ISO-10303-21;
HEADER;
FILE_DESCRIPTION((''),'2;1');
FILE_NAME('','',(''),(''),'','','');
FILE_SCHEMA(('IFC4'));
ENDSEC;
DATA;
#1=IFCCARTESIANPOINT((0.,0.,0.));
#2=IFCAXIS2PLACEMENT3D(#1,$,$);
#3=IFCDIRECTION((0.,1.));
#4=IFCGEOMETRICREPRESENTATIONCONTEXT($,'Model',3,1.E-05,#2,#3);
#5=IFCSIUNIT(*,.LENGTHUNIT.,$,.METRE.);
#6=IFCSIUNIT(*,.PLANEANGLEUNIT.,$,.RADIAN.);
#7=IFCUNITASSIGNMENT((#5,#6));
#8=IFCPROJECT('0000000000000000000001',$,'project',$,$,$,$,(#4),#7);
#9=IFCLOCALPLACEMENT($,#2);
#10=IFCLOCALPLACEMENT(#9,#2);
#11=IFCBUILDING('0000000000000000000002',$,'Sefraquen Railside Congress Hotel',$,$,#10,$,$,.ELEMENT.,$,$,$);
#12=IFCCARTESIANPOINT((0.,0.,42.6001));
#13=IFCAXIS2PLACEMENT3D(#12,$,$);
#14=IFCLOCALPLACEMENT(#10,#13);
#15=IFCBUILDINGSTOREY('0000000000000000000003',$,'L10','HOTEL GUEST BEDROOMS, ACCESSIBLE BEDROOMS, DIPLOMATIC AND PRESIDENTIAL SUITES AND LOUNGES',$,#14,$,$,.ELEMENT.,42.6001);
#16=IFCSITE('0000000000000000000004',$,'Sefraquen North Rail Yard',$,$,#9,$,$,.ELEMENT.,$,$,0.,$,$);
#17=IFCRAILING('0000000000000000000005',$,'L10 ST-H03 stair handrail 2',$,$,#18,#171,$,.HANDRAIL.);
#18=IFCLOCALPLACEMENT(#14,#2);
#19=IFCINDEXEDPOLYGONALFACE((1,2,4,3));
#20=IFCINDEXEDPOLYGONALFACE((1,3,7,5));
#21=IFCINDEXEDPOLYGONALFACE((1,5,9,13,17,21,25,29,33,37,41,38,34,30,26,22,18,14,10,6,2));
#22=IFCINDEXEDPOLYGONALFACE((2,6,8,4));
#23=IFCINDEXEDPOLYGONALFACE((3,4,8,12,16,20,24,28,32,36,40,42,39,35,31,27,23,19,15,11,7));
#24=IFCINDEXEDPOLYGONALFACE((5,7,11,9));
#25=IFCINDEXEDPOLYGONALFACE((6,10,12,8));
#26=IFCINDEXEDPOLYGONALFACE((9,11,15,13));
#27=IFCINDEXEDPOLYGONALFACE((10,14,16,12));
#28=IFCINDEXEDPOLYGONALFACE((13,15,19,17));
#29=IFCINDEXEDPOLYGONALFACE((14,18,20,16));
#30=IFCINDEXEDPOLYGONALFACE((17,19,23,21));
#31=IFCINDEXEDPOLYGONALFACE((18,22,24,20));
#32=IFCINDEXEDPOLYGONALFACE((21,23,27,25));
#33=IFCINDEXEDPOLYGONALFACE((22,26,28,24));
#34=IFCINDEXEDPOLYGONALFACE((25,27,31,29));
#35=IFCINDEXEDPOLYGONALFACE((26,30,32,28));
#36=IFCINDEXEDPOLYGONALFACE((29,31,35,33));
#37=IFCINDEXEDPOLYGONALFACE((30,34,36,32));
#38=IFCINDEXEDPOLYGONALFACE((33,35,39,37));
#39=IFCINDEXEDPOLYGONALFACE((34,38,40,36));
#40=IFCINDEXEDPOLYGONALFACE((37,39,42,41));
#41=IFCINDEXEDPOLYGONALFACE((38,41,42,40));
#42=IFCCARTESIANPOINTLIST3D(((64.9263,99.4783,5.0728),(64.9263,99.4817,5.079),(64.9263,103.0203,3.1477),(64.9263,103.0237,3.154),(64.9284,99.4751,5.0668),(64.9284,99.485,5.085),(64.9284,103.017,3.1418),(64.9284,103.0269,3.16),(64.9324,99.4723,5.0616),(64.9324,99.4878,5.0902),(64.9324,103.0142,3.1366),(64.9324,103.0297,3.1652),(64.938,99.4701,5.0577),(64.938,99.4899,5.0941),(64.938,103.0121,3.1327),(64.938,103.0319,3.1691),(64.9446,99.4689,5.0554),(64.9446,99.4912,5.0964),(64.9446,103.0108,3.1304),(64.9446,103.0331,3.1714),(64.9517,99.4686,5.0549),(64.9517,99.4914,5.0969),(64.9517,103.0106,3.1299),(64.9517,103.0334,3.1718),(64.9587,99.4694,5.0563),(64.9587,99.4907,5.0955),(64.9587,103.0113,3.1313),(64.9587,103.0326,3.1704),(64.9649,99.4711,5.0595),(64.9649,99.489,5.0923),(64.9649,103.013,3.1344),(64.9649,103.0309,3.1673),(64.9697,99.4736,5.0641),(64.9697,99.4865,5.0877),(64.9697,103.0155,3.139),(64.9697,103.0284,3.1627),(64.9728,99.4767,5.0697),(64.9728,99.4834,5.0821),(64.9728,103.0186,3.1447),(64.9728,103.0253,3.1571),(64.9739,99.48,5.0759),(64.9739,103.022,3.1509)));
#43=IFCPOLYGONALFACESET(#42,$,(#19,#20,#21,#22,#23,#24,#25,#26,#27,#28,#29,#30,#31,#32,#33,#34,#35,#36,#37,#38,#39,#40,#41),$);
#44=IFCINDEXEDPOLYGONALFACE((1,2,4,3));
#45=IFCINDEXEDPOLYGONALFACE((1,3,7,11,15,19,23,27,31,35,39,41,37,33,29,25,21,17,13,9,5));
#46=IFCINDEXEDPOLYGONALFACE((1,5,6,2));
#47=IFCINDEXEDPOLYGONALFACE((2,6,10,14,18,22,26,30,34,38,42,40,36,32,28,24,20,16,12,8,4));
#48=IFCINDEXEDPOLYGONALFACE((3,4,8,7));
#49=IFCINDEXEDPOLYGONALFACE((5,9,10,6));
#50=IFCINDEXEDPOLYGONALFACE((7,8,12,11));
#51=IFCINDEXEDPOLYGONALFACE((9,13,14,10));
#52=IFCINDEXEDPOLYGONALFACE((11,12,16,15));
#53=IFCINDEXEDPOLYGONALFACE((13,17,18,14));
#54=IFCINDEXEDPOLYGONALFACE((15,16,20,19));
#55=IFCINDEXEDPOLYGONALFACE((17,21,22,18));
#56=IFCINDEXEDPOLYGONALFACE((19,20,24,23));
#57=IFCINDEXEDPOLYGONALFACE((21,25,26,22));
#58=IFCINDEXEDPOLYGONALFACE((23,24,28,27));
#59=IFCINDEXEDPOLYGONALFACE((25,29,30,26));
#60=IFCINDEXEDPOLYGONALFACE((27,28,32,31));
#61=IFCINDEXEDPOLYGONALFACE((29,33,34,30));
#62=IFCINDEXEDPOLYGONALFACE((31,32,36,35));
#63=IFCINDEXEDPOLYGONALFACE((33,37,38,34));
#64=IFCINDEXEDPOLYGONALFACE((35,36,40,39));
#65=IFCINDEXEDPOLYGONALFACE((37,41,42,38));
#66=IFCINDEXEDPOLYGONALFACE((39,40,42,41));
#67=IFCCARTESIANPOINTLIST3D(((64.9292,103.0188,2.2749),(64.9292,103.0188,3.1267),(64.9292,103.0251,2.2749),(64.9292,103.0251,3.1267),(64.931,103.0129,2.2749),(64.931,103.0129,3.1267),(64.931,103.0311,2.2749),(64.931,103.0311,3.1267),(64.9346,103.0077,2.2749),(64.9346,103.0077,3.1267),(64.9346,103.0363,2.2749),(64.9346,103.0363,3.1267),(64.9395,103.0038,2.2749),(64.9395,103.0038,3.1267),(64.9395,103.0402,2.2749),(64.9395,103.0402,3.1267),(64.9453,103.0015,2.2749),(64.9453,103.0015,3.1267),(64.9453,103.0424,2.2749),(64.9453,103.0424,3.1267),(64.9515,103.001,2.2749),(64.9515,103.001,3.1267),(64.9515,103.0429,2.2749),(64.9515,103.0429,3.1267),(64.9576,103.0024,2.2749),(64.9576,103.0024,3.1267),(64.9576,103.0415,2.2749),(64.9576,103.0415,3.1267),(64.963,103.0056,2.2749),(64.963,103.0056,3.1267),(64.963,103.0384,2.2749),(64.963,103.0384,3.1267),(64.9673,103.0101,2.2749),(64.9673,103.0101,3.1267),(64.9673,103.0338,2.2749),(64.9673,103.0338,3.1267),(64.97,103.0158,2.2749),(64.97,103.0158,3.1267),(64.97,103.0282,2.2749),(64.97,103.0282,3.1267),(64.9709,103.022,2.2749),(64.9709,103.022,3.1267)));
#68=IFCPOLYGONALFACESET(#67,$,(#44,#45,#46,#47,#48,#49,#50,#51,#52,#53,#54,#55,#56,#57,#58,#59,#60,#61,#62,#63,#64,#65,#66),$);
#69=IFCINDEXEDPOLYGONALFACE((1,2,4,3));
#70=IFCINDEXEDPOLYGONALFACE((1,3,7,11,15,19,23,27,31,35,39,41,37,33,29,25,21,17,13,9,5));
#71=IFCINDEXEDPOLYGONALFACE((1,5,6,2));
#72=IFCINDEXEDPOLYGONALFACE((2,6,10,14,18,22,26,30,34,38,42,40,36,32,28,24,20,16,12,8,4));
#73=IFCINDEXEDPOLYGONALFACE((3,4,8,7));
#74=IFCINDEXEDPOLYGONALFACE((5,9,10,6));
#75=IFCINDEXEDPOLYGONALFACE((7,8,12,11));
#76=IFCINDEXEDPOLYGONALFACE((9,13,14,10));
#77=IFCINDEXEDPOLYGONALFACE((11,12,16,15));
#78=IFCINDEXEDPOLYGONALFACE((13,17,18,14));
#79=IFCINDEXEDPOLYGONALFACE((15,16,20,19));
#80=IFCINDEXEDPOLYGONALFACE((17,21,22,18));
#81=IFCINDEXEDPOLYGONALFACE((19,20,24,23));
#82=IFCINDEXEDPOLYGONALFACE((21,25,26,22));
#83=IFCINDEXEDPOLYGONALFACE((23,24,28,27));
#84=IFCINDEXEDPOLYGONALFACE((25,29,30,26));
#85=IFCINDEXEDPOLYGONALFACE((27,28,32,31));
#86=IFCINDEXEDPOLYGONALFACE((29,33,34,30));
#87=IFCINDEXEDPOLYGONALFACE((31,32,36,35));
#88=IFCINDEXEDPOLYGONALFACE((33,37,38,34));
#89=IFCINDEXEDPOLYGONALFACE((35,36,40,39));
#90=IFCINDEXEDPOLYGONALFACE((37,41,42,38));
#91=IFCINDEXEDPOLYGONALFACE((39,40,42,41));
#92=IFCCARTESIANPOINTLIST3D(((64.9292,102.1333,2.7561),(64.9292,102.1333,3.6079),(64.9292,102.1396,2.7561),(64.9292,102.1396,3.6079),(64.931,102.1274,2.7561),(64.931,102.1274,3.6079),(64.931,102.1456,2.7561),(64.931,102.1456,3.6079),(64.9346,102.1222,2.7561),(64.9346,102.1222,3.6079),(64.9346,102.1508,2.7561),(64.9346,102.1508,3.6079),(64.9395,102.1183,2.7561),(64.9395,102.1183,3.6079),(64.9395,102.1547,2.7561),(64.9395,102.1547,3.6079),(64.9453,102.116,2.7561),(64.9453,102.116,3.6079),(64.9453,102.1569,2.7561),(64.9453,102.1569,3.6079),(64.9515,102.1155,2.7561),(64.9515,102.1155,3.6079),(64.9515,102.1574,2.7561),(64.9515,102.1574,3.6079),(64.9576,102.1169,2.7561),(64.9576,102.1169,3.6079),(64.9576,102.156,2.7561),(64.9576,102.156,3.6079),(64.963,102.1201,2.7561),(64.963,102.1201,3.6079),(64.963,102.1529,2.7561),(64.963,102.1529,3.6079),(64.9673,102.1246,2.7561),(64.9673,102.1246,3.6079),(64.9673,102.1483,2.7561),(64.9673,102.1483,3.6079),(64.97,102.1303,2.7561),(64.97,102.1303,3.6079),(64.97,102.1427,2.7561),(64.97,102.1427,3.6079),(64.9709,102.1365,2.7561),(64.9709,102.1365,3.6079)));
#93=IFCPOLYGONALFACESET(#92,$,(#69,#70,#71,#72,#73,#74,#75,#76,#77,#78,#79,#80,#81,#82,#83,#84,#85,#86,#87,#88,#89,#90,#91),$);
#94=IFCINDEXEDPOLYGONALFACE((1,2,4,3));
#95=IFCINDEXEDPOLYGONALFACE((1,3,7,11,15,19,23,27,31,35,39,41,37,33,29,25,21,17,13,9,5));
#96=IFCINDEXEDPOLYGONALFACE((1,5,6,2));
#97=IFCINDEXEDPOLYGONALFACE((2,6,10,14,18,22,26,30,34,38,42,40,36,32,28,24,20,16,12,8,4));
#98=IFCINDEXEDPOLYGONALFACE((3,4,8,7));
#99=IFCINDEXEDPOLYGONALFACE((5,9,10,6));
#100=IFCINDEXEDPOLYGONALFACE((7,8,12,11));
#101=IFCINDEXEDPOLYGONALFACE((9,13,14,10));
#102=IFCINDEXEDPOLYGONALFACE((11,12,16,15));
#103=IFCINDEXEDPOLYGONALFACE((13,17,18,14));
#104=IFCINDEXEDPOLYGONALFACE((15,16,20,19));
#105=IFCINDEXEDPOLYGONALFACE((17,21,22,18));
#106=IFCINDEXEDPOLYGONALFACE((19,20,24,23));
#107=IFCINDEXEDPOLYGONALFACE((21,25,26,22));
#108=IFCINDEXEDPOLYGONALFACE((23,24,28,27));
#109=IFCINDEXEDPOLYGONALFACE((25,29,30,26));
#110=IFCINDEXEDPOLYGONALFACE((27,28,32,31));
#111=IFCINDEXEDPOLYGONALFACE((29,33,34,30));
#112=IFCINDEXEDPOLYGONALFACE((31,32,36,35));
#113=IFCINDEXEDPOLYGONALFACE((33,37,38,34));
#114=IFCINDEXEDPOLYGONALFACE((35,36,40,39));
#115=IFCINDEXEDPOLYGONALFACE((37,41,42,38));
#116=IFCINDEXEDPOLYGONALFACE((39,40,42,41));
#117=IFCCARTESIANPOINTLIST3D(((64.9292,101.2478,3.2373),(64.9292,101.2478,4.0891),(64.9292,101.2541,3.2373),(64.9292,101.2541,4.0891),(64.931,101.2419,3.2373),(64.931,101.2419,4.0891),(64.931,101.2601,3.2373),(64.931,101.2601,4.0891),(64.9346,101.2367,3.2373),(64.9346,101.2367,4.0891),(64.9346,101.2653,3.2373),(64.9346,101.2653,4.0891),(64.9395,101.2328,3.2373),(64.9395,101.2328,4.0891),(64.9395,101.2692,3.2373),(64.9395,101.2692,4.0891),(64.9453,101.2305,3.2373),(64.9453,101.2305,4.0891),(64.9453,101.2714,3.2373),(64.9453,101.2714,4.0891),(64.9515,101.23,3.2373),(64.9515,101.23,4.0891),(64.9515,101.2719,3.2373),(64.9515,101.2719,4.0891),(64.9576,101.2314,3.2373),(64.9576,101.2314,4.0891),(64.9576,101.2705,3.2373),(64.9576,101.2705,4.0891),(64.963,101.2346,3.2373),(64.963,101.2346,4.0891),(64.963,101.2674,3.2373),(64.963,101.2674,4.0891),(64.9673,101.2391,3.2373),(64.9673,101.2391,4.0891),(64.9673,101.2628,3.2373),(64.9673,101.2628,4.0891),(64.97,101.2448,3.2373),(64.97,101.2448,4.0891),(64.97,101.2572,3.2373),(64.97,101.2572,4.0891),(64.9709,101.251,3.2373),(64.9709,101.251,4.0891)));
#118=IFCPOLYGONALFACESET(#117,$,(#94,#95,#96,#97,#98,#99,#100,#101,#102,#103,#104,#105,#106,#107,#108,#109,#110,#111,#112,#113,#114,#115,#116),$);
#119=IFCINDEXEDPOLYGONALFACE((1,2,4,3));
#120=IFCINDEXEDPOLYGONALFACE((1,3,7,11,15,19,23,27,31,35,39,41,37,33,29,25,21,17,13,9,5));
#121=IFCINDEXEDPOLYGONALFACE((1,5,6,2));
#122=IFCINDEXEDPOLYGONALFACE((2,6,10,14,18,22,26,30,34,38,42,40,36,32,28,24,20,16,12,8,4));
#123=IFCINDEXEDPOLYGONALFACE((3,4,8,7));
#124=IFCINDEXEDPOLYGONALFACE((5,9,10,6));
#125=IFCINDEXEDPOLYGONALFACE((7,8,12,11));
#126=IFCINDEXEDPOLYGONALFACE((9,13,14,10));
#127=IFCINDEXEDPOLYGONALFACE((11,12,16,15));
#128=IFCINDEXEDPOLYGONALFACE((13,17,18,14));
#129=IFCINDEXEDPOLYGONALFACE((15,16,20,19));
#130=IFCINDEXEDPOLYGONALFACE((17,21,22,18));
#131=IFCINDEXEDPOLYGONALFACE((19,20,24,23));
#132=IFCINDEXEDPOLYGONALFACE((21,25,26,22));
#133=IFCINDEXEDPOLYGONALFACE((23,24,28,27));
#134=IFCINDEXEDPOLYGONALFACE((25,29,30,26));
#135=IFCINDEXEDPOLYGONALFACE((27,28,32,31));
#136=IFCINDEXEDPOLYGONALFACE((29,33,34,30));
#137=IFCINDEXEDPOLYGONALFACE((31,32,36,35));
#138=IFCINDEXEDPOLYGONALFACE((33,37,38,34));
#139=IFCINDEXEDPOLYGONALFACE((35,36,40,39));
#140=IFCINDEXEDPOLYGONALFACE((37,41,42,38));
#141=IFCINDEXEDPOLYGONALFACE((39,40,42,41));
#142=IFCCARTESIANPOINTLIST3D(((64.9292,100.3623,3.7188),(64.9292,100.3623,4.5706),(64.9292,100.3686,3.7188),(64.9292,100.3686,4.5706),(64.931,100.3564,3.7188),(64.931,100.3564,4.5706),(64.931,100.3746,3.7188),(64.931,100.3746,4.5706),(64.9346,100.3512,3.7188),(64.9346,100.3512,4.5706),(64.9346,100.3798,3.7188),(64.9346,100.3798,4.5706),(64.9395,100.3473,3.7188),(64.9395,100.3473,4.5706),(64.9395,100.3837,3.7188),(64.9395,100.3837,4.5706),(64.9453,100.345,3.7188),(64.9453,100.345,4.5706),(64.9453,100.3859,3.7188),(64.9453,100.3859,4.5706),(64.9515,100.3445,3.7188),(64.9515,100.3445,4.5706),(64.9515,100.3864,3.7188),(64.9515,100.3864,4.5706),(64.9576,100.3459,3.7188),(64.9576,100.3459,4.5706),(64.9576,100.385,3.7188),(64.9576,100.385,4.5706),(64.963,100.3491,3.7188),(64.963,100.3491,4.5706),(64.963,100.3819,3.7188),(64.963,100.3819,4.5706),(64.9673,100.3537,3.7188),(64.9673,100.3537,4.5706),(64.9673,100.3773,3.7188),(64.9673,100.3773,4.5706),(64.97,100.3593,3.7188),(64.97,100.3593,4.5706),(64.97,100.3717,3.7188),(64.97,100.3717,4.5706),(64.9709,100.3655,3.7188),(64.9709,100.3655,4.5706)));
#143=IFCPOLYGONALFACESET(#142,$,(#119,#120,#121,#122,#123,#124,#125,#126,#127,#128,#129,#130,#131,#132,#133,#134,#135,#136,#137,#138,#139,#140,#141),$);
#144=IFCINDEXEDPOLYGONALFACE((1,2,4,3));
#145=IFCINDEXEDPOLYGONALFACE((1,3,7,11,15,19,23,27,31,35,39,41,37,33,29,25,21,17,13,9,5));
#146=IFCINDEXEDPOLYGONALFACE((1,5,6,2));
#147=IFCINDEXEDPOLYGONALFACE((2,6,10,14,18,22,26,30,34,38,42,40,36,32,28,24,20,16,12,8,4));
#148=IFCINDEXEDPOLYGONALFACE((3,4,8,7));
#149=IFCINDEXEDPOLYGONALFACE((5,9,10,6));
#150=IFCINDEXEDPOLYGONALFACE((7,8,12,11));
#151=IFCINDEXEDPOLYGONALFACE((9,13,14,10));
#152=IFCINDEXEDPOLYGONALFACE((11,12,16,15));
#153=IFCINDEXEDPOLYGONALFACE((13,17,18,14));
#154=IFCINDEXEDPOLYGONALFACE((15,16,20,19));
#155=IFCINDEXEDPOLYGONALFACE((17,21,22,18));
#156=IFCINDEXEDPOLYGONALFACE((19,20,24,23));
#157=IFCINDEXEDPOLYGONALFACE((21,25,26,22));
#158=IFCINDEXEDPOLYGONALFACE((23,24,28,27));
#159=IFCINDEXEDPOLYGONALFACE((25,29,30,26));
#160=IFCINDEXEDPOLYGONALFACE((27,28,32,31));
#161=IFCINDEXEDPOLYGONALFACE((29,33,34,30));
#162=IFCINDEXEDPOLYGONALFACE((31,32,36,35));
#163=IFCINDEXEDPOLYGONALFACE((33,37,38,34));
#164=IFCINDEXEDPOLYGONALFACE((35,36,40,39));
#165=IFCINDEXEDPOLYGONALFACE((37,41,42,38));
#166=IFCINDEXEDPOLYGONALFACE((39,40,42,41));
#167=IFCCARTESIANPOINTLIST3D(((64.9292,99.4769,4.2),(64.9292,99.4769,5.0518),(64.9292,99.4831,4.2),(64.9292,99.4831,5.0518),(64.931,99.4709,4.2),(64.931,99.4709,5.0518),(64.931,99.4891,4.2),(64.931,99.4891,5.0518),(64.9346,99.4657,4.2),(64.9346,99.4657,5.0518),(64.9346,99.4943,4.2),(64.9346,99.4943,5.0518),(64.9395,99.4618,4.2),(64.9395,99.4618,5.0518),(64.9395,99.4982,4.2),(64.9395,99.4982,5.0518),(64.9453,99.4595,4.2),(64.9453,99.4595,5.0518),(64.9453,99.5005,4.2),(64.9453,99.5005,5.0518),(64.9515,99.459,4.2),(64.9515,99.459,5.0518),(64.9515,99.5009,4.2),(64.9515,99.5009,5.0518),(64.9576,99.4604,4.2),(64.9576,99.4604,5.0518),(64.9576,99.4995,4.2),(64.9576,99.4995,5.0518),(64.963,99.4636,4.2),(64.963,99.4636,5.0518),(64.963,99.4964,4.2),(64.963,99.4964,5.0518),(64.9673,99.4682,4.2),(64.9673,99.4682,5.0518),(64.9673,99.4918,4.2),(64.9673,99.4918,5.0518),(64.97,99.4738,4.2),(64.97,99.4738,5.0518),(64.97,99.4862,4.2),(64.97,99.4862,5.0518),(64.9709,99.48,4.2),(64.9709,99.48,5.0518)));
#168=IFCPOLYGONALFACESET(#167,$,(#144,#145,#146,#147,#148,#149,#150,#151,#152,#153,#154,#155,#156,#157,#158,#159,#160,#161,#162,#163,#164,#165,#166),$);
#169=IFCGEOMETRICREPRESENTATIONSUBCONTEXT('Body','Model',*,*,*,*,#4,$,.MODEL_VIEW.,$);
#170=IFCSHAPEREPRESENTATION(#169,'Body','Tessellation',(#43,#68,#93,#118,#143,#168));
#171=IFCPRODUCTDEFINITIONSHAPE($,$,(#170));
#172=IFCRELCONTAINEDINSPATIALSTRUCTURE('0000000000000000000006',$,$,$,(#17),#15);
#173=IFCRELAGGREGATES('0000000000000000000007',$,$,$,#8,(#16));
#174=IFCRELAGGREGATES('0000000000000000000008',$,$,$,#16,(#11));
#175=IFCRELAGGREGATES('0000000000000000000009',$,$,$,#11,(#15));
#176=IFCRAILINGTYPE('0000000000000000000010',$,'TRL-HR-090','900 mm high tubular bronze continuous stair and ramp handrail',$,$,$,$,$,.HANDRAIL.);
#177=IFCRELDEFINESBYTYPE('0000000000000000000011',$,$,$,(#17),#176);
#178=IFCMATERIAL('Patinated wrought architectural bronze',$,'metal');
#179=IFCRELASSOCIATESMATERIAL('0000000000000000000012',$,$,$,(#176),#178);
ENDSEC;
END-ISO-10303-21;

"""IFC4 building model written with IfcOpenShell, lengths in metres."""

from ifc_helpers import new_model, si_unit, direction, frame, origin, origin_2d, place, context, subcontext, project, spatial, circle, extrude, material, type_object, element, save


model = new_model("IFC4")

# Units and contexts
model_context = context("Model", 3, precision=1e-05, world=origin(), true_north=direction((0.0, 1.0)))
body_context = subcontext(model_context, "Body", "Model", "MODEL_VIEW")
ifc_project = project(units=[si_unit("LENGTHUNIT", "METRE"), si_unit("PLANEANGLEUNIT", "RADIAN")], contexts=[model_context])

# Site, building, storey
site_placement = place(None, origin())
site = spatial("IfcSite", under=ifc_project, at=site_placement, Name="Sefraquen North Rail Yard", CompositionType="ELEMENT", RefElevation=0.0)
building_placement = place(site_placement, origin())
building = spatial("IfcBuilding", under=site, at=building_placement, Name="Sefraquen Railside Congress Hotel", CompositionType="ELEMENT")
storey_placement = place(building_placement, frame((0.0, 0.0, 42.6001)))
storey = spatial("IfcBuildingStorey", under=building, at=storey_placement, Name="L10", Description="HOTEL GUEST BEDROOMS, ACCESSIBLE BEDROOMS, DIPLOMATIC AND PRESIDENTIAL SUITES AND LOUNGES", CompositionType="ELEMENT", Elevation=42.6001)

# Railing
ifc_material_1 = material(Name="Patinated wrought architectural bronze", Category="metal")
railing_type_1 = type_object("IfcRailingType", Name="TRL-HR-090", Description="900 mm high tubular bronze continuous stair and ramp handrail", PredefinedType="HANDRAIL", material=ifc_material_1)
railing_1_placement = place(storey_placement, frame((64.95, 103.022, 2.2749)))
element("IfcRailing", 1, at=railing_1_placement, inside=storey, type_object=railing_type_1, Name="L10 ST-H03 stair handrail 2", PredefinedType="HANDRAIL", context=body_context, shape_type="SweptSolid", body=[
    extrude(circle(Radius=0.0239, at=origin_2d()), frame((0.0, 0.0, 0.876), z_axis=(0.0, -0.878619, 0.477523), x_axis=(1.0, 0.0, 0.0)), (0.0, 0.0, 1.0), 4.0312),
    extrude(circle(Radius=0.021, at=origin_2d()), origin(), (0.0, 0.0, 1.0), 0.8518),
    extrude(circle(Radius=0.021, at=origin_2d()), frame((0.0, -0.8855, 0.4812)), (0.0, 0.0, 1.0), 0.8518),
    extrude(circle(Radius=0.021, at=origin_2d()), frame((0.0, -1.771, 0.9624)), (0.0, 0.0, 1.0), 0.8518),
    extrude(circle(Radius=0.021, at=origin_2d()), frame((0.0, -2.6565, 1.4438)), (0.0, 0.0, 1.0), 0.8518),
    extrude(circle(Radius=0.021, at=origin_2d()), frame((0.0, -3.542, 1.925)), (0.0, 0.0, 1.0), 0.8518),
])

save(model, "model.ifc")
